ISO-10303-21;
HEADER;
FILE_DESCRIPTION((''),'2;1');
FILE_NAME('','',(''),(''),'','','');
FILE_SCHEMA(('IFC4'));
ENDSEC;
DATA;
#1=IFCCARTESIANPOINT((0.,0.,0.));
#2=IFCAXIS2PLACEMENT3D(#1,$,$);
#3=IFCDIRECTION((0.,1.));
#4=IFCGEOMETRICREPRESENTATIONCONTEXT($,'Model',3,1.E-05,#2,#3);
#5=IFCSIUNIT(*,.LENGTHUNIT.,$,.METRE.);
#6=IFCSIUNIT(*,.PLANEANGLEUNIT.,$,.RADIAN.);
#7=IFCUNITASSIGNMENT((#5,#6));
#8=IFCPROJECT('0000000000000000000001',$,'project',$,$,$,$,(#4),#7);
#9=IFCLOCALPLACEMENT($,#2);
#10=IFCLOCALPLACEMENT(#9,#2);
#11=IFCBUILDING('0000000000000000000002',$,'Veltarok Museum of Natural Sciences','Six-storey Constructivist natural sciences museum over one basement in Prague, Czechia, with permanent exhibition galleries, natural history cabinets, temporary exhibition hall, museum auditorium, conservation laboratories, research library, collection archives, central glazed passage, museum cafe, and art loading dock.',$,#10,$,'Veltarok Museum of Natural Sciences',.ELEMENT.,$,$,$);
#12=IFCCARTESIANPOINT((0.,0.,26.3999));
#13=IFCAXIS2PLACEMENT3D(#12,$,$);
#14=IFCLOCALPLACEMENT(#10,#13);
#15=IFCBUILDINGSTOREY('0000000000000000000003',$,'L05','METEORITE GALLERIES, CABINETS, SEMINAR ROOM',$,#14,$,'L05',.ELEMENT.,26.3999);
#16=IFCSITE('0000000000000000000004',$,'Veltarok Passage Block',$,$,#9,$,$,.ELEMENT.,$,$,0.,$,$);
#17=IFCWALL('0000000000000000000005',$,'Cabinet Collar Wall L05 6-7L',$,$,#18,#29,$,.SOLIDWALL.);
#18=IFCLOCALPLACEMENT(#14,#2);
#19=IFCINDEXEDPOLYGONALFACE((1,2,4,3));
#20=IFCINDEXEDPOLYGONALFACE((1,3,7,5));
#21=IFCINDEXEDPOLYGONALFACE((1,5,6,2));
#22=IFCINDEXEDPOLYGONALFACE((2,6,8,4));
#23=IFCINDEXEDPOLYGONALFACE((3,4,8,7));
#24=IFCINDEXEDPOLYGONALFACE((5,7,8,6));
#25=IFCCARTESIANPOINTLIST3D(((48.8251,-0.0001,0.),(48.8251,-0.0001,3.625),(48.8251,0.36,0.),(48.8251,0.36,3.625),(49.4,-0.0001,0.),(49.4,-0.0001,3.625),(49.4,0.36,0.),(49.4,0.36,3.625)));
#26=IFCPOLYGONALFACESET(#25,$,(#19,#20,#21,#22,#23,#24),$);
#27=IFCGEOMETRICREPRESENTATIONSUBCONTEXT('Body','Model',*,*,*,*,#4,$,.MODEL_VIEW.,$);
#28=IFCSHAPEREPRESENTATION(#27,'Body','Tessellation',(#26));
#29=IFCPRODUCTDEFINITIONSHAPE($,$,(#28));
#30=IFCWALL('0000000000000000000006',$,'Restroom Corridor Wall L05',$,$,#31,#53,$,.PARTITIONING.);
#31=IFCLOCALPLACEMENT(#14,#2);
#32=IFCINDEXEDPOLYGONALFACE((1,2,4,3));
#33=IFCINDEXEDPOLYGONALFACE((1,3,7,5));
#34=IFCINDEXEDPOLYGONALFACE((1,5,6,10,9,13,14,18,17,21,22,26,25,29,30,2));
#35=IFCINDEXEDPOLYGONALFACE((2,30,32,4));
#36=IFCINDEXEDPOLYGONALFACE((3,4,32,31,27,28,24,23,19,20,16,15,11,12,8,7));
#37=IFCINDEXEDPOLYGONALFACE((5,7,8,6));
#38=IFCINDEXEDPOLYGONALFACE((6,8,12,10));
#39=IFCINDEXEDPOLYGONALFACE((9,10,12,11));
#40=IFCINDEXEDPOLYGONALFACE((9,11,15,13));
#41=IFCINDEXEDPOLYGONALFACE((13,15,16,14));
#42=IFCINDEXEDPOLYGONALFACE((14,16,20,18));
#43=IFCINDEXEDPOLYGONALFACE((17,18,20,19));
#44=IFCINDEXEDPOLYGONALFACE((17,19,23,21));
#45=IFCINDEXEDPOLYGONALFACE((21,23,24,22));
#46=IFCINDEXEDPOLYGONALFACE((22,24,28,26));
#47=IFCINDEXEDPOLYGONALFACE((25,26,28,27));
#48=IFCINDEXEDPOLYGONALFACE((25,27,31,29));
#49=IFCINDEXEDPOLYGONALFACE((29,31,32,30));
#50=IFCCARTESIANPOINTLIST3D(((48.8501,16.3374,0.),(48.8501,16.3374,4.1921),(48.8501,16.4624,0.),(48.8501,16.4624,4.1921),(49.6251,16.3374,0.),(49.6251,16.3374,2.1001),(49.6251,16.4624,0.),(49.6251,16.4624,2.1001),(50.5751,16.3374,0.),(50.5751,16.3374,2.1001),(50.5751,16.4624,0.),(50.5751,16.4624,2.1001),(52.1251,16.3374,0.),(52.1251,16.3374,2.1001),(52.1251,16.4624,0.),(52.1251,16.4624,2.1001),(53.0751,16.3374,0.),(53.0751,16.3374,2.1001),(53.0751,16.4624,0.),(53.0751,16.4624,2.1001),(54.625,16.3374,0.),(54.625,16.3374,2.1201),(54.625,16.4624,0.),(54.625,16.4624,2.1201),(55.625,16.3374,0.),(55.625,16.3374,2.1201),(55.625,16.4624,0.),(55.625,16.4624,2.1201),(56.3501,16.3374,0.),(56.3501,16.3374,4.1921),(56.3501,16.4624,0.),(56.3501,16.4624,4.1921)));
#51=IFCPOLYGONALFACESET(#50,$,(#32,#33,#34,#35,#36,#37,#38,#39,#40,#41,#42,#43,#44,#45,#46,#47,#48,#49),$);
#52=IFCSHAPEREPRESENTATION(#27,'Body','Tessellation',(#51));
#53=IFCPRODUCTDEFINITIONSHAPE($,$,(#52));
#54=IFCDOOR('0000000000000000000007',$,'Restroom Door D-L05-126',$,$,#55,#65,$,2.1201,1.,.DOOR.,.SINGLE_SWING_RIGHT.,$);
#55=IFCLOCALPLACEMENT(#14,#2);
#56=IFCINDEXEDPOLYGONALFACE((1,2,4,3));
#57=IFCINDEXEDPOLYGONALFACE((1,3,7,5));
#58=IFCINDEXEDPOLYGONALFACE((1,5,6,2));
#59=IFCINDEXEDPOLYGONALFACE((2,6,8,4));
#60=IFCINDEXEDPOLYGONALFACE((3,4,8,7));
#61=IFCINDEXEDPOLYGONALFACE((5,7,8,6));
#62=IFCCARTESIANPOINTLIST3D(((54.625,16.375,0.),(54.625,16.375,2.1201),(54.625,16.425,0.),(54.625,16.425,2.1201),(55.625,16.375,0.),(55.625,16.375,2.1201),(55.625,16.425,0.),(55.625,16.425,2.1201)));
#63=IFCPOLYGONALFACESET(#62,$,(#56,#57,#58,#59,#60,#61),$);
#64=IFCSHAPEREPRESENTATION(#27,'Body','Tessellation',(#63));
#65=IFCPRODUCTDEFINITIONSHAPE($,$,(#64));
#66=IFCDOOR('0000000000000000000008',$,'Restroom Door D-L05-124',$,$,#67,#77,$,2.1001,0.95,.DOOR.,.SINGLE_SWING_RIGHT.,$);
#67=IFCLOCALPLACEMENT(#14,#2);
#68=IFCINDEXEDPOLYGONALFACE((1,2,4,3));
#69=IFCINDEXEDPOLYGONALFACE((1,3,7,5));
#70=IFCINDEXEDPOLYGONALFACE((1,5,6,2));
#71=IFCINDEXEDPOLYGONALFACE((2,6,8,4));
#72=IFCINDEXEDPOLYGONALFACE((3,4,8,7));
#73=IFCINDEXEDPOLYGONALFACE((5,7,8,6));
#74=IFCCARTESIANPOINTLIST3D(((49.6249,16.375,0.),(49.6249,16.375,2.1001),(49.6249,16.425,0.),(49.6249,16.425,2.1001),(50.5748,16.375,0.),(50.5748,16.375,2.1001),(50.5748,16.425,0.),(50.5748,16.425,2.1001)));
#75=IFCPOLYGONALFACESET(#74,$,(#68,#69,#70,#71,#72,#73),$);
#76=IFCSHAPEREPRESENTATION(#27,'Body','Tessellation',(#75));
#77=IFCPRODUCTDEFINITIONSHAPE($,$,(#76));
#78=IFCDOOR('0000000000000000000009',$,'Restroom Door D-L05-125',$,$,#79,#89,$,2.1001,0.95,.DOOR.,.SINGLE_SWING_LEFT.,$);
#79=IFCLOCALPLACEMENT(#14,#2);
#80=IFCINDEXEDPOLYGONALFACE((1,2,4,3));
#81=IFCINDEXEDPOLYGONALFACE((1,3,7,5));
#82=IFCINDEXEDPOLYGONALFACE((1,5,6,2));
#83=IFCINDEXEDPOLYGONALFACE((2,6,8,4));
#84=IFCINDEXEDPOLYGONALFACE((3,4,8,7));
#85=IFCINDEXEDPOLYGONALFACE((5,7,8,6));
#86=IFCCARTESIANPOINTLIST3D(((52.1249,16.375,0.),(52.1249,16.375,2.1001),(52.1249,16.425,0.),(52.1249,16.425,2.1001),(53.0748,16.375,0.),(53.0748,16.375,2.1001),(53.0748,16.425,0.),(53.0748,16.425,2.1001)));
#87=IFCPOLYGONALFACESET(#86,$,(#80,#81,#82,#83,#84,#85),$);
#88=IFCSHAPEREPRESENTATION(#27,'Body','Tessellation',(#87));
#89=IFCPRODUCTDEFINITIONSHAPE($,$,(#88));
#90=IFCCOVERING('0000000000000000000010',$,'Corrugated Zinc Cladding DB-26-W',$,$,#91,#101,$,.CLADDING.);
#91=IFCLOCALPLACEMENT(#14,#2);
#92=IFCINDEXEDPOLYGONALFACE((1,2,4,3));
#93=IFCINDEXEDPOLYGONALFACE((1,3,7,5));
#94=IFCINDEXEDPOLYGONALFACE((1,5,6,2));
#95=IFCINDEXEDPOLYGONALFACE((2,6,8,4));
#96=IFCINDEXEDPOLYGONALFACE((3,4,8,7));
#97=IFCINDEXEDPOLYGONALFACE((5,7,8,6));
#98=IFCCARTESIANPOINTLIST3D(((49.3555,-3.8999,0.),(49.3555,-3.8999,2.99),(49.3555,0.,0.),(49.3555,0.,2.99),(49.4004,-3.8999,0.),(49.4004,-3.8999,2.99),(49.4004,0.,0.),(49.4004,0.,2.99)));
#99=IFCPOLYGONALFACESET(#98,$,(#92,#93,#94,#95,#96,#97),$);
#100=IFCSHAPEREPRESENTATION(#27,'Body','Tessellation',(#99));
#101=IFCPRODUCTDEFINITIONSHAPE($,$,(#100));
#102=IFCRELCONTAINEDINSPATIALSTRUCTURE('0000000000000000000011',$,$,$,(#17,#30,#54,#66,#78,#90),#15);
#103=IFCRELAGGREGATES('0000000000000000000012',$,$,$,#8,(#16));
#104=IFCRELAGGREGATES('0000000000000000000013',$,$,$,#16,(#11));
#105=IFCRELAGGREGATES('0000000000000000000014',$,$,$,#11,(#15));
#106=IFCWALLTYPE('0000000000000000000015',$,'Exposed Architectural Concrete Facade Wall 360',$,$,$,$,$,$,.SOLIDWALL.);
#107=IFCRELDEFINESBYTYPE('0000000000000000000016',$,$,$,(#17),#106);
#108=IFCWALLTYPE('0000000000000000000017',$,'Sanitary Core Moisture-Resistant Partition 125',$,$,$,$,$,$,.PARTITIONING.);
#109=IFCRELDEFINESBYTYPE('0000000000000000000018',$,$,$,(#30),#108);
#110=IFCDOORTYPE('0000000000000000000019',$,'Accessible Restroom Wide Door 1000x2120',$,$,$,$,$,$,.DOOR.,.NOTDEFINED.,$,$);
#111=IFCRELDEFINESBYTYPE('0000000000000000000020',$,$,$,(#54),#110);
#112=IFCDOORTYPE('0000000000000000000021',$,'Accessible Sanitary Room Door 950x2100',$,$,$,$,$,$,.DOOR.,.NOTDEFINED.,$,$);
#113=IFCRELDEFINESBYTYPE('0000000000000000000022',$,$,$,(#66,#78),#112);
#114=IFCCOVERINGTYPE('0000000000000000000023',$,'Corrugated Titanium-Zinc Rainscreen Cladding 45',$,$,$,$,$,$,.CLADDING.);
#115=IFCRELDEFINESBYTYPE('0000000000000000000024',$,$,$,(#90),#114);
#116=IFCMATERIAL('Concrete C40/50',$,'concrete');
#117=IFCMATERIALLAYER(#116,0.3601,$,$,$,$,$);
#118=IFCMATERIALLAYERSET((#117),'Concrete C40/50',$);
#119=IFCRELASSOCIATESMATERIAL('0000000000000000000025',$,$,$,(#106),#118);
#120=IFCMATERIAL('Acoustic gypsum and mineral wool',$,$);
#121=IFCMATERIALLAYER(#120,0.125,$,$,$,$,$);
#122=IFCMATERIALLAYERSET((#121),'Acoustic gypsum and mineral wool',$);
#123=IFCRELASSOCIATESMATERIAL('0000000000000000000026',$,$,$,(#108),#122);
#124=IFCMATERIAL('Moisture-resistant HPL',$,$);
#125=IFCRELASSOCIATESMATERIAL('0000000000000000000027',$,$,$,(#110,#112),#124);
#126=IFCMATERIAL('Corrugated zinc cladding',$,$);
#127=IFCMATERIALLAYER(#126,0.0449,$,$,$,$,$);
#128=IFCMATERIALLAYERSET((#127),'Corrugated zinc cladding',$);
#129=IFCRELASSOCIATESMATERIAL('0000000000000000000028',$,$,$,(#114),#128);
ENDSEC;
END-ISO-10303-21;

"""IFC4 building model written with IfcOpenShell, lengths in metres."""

from ifc_helpers import new_model, si_unit, direction, frame, frame_2d, origin, place, context, subcontext, project, spatial, rectangle, extrude, material, layer, layer_set, type_object, element, fill, save


model = new_model("IFC4")

# Units and contexts
model_context = context("Model", 3, precision=1e-05, world=origin(), true_north=direction((0.0, 1.0)))
body_context = subcontext(model_context, "Body", "Model", "MODEL_VIEW")
ifc_project = project(units=[si_unit("LENGTHUNIT", "METRE"), si_unit("PLANEANGLEUNIT", "RADIAN")], contexts=[model_context])

# Site, building, storey
site_placement = place(None, origin())
site = spatial("IfcSite", under=ifc_project, at=site_placement, Name="Veltarok Passage Block", CompositionType="ELEMENT", RefElevation=0.0)
building_placement = place(site_placement, origin())
building = spatial("IfcBuilding", under=site, at=building_placement, Name="Veltarok Museum of Natural Sciences", Description="Six-storey Constructivist natural sciences museum over one basement in Prague, Czechia, with permanent exhibition galleries, natural history cabinets, temporary exhibition hall, museum auditorium, conservation laboratories, research library, collection archives, central glazed passage, museum cafe, and art loading dock.", LongName="Veltarok Museum of Natural Sciences", CompositionType="ELEMENT")
storey_placement = place(building_placement, frame((0.0, 0.0, 26.3999)))
storey = spatial("IfcBuildingStorey", under=building, at=storey_placement, Name="L05", Description="METEORITE GALLERIES, CABINETS, SEMINAR ROOM", LongName="L05", CompositionType="ELEMENT", Elevation=26.3999)

# Shared definitions
ifc_material_1 = material(Name="Concrete C40/50", Category="concrete")

# Shared definitions
ifc_material_2 = material(Name="Acoustic gypsum and mineral wool")

# Wall
ifc_layer_1 = layer(ifc_material_1, 0.3601)
ifc_layer_set_1 = layer_set([ifc_layer_1], Name="Concrete C40/50")
wall_type_1 = type_object("IfcWallType", Name="Exposed Architectural Concrete Facade Wall 360", PredefinedType="SOLIDWALL", material=ifc_layer_set_1)
wall_1_placement = place(storey_placement, frame((48.825, 0.1799, 0.0), z_axis=(0.0, 0.0, 1.0), x_axis=(1.0, 0.0, 0.0)))
element("IfcWall", 1, at=wall_1_placement, inside=storey, type_object=wall_type_1, Name="Cabinet Collar Wall L05 6-7L", PredefinedType="SOLIDWALL", context=body_context, shape_type="SweptSolid", body=[
    extrude(rectangle(XDim=0.575, YDim=0.3601, at=frame_2d((0.2876, 0.0))), origin(), (0.0, 0.0, 1.0), 3.625),
])

# Wall, openings, doors
ifc_layer_2 = layer(ifc_material_2, 0.125)
ifc_layer_set_2 = layer_set([ifc_layer_2], Name="Acoustic gypsum and mineral wool")
wall_type_2 = type_object("IfcWallType", Name="Sanitary Core Moisture-Resistant Partition 125", PredefinedType="PARTITIONING", material=ifc_layer_set_2)
wall_2_placement = place(storey_placement, frame((48.8501, 16.3999, 0.0), z_axis=(0.0, 0.0, 1.0), x_axis=(1.0, 0.0, 0.0)))
wall_2 = element("IfcWall", 2, at=wall_2_placement, inside=storey, type_object=wall_type_2, Name="Restroom Corridor Wall L05", PredefinedType="PARTITIONING", context=body_context, shape_type="SweptSolid", body=[
    extrude(rectangle(XDim=7.5, YDim=0.125, at=frame_2d((3.75, 0.0))), origin(), (0.0, 0.0, 1.0), 4.1921),
])
opening_1_placement = place(wall_2_placement, frame((0.7749, 0.0, 0.0)))
opening_1 = element("IfcOpeningElement", 3, at=opening_1_placement, cuts=wall_2, PredefinedType="OPENING", context=body_context, shape_type="SweptSolid", body=[
    extrude(rectangle(XDim=0.95, YDim=2.1001, at=frame_2d((0.4751, 1.05))), frame((0.0, 0.0725, 0.0), z_axis=(0.0, -1.0, 0.0), x_axis=(1.0, 0.0, 0.0)), (0.0, 0.0, 1.0), 0.145),
])
opening_2_placement = place(wall_2_placement, frame((3.2749, 0.0, 0.0)))
opening_2 = element("IfcOpeningElement", 4, at=opening_2_placement, cuts=wall_2, PredefinedType="OPENING", context=body_context, shape_type="SweptSolid", body=[
    extrude(rectangle(XDim=0.95, YDim=2.1001, at=frame_2d((0.4751, 1.05))), frame((0.0, 0.0725, 0.0), z_axis=(0.0, -1.0, 0.0), x_axis=(1.0, 0.0, 0.0)), (0.0, 0.0, 1.0), 0.145),
])
opening_3_placement = place(wall_2_placement, frame((5.7749, 0.0, 0.0)))
opening_3 = element("IfcOpeningElement", 5, at=opening_3_placement, cuts=wall_2, PredefinedType="OPENING", context=body_context, shape_type="SweptSolid", body=[
    extrude(rectangle(XDim=1.0, YDim=2.1201, at=frame_2d((0.5, 1.0601))), frame((0.0, 0.0725, 0.0), z_axis=(0.0, -1.0, 0.0), x_axis=(1.0, 0.0, 0.0)), (0.0, 0.0, 1.0), 0.145),
])
ifc_material_3 = material(Name="Moisture-resistant HPL")
door_type_1 = type_object("IfcDoorType", Name="Accessible Restroom Wide Door 1000x2120", OperationType="NOTDEFINED", PredefinedType="DOOR", material=ifc_material_3)
door_1_placement = place(opening_3_placement, frame((1.0, 0.0, 0.0), z_axis=(0.0, 0.0, 1.0), x_axis=(-1.0, 0.0, 0.0)))
door_1 = element("IfcDoor", 6, at=door_1_placement, inside=storey, type_object=door_type_1, Name="Restroom Door D-L05-126", OperationType="SINGLE_SWING_RIGHT", OverallHeight=2.1201, OverallWidth=1.0, PredefinedType="DOOR", context=body_context, shape_type="SweptSolid", body=[
    extrude(rectangle(XDim=1.0, YDim=2.1201, at=frame_2d((0.5, 1.0601))), frame((0.0, 0.0249, 0.0), z_axis=(0.0, -1.0, 0.0), x_axis=(1.0, 0.0, 0.0)), (0.0, 0.0, 1.0), 0.05),
])
fill(opening_3, door_1)
door_type_2 = type_object("IfcDoorType", Name="Accessible Sanitary Room Door 950x2100", OperationType="NOTDEFINED", PredefinedType="DOOR", material=ifc_material_3)
door_2_placement = place(opening_1_placement, frame((0.95, 0.0, 0.0), z_axis=(0.0, 0.0, 1.0), x_axis=(-1.0, 0.0, 0.0)))
door_2 = element("IfcDoor", 7, at=door_2_placement, inside=storey, type_object=door_type_2, Name="Restroom Door D-L05-124", OperationType="SINGLE_SWING_RIGHT", OverallHeight=2.1001, OverallWidth=0.95, PredefinedType="DOOR", context=body_context, shape_type="SweptSolid", body=[
    extrude(rectangle(XDim=0.95, YDim=2.1001, at=frame_2d((0.4751, 1.05))), frame((0.0, 0.0249, 0.0), z_axis=(0.0, -1.0, 0.0), x_axis=(1.0, 0.0, 0.0)), (0.0, 0.0, 1.0), 0.05),
])
fill(opening_1, door_2)
door_3_placement = place(opening_2_placement, frame((0.95, 0.0, 0.0), z_axis=(0.0, 0.0, 1.0), x_axis=(-1.0, 0.0, 0.0)))
door_3 = element("IfcDoor", 8, at=door_3_placement, inside=storey, type_object=door_type_2, Name="Restroom Door D-L05-125", OperationType="SINGLE_SWING_LEFT", OverallHeight=2.1001, OverallWidth=0.95, PredefinedType="DOOR", context=body_context, shape_type="SweptSolid", body=[
    extrude(rectangle(XDim=0.95, YDim=2.1001, at=frame_2d((0.4751, 1.05))), frame((0.0, 0.0249, 0.0), z_axis=(0.0, -1.0, 0.0), x_axis=(1.0, 0.0, 0.0)), (0.0, 0.0, 1.0), 0.05),
])
fill(opening_2, door_3)

# Covering
ifc_material_4 = material(Name="Corrugated zinc cladding")
ifc_layer_3 = layer(ifc_material_4, 0.0449)
ifc_layer_set_3 = layer_set([ifc_layer_3], Name="Corrugated zinc cladding")
covering_type = type_object("IfcCoveringType", Name="Corrugated Titanium-Zinc Rainscreen Cladding 45", PredefinedType="CLADDING", material=ifc_layer_set_3)
covering_placement = place(storey_placement, frame((49.3779, 0.0, 0.0), z_axis=(0.0, 0.0, 1.0), x_axis=(0.0, -1.0, 0.0)))
element("IfcCovering", 9, at=covering_placement, inside=storey, type_object=covering_type, Name="Corrugated Zinc Cladding DB-26-W", PredefinedType="CLADDING", context=body_context, shape_type="SweptSolid", body=[
    extrude(rectangle(XDim=3.8999, YDim=0.0449, at=frame_2d((1.95, 0.0))), origin(), (0.0, 0.0, 1.0), 2.99),
])

save(model, "model.ifc")
